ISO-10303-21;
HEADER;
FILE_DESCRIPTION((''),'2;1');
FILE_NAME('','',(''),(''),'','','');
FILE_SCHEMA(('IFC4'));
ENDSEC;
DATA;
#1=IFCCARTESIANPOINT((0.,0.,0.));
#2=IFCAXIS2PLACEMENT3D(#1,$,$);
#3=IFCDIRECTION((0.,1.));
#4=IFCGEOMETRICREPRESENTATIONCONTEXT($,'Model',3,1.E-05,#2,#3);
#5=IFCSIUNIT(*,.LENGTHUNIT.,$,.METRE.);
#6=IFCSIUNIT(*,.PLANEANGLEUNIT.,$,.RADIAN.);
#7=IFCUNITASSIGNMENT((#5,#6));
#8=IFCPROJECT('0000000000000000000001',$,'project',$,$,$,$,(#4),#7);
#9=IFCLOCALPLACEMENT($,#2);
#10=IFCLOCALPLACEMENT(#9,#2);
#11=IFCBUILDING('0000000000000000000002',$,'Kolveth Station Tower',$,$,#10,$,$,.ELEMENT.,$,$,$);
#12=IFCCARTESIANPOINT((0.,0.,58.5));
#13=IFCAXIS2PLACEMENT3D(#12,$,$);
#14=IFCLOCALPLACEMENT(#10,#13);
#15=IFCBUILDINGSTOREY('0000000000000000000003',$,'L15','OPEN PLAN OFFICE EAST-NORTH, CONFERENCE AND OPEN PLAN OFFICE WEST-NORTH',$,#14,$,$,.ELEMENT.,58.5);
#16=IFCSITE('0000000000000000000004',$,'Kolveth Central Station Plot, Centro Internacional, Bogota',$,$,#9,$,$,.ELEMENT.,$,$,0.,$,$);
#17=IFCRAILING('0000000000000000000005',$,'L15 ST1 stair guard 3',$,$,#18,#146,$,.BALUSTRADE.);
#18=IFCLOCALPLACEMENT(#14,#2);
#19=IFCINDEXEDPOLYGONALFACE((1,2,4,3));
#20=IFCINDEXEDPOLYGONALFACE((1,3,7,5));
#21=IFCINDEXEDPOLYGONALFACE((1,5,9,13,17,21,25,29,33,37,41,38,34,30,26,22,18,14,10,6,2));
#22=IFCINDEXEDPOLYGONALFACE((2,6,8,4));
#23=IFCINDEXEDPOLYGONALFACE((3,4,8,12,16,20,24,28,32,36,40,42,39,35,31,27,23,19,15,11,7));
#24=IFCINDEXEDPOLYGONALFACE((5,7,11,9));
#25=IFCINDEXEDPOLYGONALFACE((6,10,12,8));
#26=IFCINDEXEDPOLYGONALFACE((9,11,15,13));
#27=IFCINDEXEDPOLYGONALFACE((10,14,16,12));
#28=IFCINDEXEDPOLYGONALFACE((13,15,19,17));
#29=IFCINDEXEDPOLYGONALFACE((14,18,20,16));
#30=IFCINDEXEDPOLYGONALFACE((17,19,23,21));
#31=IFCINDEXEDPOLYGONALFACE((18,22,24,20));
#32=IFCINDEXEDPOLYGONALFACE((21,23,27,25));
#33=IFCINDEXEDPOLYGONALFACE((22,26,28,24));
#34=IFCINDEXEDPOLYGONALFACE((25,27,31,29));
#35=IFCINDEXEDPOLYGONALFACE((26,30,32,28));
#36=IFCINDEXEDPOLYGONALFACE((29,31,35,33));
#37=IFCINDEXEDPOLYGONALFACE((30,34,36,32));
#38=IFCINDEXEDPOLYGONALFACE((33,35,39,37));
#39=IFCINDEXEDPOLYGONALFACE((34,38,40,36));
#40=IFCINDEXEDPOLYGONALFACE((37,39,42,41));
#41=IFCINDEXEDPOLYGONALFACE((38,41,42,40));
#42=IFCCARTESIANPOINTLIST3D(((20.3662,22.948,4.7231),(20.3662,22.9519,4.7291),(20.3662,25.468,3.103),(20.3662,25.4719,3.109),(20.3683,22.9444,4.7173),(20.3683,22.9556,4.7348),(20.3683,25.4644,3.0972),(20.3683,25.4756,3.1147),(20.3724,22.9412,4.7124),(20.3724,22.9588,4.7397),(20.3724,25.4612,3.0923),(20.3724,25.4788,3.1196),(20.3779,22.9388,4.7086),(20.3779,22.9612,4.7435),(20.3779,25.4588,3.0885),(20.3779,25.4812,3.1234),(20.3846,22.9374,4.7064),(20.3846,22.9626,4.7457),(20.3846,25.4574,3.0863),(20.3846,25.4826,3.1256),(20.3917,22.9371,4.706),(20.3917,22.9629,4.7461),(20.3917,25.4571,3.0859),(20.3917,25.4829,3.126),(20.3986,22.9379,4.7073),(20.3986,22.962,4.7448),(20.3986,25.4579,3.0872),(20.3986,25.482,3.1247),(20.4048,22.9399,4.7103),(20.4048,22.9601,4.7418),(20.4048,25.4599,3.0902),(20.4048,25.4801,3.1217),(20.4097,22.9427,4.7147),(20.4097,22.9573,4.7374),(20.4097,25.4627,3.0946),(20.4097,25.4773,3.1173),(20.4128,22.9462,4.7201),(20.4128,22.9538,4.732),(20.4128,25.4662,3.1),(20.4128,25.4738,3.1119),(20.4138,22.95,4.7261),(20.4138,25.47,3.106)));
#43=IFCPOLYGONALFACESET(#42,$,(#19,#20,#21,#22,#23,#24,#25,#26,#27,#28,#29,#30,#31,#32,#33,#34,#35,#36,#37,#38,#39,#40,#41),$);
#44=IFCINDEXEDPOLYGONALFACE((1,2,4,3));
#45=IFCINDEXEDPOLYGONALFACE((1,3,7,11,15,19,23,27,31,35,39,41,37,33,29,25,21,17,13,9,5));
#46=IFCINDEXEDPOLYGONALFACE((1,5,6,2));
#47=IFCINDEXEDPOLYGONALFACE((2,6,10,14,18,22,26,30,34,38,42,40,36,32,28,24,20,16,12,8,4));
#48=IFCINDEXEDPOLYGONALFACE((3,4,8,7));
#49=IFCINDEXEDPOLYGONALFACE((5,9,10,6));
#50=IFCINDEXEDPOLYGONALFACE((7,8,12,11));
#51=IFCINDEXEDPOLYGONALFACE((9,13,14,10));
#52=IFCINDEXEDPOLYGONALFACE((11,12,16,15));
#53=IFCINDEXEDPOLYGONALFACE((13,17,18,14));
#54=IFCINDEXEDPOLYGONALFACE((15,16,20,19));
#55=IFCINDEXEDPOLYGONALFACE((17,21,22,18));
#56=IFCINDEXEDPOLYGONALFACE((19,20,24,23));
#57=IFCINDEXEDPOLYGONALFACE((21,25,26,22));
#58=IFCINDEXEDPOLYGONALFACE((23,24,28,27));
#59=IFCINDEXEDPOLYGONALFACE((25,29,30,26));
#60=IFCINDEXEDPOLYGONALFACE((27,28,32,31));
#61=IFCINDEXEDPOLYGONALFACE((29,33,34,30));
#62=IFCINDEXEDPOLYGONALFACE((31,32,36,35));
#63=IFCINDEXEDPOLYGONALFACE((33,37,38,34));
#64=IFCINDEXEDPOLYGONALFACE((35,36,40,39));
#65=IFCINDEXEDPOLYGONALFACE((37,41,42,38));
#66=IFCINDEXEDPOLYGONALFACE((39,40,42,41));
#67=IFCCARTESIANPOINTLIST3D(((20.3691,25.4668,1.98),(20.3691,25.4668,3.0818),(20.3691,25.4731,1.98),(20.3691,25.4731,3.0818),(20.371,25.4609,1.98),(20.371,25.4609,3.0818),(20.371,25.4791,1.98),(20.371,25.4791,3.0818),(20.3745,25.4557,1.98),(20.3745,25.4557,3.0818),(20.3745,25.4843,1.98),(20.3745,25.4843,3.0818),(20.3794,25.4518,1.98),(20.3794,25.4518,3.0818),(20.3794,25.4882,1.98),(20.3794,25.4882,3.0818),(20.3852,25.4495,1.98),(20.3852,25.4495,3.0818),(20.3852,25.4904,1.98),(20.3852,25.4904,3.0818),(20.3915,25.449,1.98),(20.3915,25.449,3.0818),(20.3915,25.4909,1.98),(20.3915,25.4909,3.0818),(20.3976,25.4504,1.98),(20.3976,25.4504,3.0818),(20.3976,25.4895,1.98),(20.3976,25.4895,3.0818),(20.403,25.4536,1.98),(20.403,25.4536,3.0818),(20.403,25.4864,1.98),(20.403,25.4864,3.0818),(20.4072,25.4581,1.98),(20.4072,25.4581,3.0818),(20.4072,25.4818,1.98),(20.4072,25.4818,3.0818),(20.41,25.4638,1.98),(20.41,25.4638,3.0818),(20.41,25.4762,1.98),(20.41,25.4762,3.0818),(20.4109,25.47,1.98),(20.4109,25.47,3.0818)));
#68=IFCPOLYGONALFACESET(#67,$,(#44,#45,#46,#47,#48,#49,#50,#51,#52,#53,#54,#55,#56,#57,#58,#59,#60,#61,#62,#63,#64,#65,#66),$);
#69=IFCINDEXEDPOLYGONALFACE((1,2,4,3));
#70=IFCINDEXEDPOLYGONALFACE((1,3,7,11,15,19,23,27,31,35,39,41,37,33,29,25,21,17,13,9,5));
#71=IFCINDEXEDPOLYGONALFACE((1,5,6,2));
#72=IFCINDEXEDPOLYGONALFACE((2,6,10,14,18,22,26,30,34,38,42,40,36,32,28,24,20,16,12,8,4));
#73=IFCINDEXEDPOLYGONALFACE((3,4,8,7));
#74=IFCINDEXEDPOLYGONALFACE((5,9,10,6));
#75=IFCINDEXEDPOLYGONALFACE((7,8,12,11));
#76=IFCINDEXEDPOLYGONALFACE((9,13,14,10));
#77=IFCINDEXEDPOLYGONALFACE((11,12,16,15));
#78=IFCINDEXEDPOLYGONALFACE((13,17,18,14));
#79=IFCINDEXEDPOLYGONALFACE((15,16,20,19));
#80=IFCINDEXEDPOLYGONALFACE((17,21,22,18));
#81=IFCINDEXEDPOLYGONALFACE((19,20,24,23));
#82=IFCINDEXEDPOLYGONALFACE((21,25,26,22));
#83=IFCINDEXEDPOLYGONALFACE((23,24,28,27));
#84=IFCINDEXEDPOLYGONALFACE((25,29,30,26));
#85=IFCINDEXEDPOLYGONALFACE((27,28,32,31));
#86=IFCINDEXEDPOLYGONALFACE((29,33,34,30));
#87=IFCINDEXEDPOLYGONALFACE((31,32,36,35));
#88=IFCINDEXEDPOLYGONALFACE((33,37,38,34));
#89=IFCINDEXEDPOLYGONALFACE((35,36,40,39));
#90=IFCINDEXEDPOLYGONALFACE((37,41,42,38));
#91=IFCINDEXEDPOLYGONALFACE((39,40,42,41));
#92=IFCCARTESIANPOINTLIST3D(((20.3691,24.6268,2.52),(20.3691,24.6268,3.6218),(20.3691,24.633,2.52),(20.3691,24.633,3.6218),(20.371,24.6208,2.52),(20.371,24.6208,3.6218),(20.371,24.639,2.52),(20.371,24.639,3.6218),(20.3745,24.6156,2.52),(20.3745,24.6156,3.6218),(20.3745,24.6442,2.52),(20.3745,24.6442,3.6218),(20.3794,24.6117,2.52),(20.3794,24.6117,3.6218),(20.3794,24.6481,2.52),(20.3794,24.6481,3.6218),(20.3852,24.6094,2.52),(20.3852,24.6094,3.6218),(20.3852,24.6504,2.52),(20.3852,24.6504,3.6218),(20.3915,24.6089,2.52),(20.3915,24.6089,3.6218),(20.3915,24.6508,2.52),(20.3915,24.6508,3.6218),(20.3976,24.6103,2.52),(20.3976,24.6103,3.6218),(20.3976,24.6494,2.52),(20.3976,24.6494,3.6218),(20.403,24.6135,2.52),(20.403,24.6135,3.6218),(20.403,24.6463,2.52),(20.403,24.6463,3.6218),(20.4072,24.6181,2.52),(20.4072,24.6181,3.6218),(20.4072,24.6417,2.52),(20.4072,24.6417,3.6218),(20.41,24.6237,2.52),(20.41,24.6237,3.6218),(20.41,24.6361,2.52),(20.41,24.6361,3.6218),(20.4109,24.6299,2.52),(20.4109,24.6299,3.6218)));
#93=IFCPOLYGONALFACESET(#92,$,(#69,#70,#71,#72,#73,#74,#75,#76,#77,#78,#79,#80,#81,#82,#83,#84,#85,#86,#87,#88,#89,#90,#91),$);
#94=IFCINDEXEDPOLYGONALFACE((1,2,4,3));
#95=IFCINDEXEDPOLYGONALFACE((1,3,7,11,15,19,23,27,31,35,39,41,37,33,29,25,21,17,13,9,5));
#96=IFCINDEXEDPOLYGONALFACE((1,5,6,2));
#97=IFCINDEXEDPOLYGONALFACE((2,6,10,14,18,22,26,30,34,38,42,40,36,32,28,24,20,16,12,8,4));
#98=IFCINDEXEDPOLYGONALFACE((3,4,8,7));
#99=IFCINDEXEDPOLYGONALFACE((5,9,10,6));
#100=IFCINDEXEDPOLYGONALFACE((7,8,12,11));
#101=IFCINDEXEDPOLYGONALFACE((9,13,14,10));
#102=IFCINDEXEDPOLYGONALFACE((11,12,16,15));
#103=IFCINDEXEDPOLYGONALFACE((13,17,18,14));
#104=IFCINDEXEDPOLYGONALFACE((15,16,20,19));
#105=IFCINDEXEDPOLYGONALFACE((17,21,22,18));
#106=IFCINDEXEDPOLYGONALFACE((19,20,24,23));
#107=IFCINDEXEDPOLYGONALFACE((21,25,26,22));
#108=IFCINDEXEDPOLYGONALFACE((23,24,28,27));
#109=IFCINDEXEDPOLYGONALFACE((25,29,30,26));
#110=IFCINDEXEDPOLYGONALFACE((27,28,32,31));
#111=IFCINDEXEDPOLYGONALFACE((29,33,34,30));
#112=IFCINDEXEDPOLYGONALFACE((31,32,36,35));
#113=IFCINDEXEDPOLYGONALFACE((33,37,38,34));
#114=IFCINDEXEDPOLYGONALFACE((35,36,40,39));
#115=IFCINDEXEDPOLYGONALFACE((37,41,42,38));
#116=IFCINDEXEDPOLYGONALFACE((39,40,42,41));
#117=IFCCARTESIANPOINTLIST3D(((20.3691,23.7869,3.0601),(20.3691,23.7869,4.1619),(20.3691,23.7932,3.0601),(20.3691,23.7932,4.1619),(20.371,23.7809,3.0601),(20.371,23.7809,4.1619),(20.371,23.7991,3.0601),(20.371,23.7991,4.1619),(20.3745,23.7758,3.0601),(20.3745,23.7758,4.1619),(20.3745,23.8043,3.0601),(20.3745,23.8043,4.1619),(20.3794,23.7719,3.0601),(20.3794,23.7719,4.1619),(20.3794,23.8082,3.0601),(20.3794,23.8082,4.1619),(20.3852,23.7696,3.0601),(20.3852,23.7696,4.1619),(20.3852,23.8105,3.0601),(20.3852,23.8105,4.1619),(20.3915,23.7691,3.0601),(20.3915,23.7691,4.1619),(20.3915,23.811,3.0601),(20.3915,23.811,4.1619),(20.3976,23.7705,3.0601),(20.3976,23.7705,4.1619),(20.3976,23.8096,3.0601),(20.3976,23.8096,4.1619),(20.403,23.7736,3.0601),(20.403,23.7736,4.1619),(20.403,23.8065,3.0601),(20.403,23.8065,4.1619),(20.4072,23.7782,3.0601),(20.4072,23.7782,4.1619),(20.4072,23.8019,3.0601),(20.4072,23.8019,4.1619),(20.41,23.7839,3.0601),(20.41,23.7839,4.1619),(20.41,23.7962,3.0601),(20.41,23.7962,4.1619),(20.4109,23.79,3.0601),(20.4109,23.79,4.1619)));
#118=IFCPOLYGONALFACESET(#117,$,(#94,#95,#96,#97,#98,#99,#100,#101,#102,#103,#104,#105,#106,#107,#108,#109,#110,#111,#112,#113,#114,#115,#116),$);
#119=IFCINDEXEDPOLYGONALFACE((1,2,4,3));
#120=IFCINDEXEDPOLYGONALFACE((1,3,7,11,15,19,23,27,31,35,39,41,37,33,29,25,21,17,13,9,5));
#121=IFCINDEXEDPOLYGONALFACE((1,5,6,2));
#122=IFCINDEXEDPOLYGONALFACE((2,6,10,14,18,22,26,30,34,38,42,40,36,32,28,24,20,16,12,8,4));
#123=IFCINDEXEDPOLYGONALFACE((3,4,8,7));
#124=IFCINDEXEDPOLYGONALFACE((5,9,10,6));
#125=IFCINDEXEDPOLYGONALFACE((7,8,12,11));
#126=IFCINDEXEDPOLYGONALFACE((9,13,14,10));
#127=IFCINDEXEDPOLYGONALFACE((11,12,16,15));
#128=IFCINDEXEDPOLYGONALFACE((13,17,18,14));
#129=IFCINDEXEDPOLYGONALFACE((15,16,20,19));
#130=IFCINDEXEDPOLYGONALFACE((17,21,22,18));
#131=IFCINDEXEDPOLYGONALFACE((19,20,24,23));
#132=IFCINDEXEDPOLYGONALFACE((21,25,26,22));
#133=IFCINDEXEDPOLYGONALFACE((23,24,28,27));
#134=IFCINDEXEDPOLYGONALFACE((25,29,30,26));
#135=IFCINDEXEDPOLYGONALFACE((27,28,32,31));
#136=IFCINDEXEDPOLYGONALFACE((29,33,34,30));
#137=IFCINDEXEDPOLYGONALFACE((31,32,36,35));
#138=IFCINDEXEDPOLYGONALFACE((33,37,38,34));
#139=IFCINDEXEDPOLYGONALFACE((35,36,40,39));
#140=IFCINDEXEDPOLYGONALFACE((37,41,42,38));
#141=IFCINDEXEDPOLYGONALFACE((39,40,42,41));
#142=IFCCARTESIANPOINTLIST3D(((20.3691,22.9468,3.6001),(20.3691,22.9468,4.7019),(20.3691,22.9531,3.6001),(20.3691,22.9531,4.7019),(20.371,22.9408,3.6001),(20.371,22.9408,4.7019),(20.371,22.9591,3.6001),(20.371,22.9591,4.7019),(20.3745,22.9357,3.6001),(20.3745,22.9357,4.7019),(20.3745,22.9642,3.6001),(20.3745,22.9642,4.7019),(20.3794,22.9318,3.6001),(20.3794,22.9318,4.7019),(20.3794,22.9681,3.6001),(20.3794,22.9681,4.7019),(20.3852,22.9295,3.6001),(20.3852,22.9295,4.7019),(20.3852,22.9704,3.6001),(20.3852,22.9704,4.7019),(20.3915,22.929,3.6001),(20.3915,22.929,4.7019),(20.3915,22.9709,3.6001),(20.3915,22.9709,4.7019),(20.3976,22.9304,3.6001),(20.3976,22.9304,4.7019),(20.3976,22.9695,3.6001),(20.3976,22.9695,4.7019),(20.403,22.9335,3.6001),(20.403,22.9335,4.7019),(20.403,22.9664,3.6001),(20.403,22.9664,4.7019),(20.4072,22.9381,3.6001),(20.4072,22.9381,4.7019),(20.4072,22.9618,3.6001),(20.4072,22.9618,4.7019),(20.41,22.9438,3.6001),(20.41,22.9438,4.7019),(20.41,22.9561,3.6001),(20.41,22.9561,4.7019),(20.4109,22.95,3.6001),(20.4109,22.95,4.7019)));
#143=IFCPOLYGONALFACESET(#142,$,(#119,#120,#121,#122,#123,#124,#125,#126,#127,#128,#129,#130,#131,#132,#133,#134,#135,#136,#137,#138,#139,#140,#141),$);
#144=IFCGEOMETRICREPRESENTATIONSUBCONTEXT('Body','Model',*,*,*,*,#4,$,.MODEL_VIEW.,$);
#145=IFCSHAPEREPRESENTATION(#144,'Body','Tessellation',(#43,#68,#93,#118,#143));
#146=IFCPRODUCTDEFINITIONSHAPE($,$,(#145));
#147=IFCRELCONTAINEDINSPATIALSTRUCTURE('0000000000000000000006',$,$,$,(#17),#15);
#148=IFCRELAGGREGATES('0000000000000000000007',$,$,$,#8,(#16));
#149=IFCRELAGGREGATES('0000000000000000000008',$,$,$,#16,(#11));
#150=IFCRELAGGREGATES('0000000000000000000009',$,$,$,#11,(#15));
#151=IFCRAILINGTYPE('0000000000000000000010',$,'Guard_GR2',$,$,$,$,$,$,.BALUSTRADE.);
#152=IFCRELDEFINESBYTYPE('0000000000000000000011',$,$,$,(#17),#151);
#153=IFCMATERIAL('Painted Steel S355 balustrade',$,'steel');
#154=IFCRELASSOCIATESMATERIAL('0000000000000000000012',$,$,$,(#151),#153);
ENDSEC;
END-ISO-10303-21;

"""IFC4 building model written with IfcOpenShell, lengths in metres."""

from ifc_helpers import new_model, si_unit, direction, frame, origin, origin_2d, place, context, subcontext, project, spatial, circle, extrude, material, type_object, element, save


model = new_model("IFC4")

# Units and contexts
model_context = context("Model", 3, precision=1e-05, world=origin(), true_north=direction((0.0, 1.0)))
body_context = subcontext(model_context, "Body", "Model", "MODEL_VIEW")
ifc_project = project(units=[si_unit("LENGTHUNIT", "METRE"), si_unit("PLANEANGLEUNIT", "RADIAN")], contexts=[model_context])

# Site, building, storey
site_placement = place(None, origin())
site = spatial("IfcSite", under=ifc_project, at=site_placement, Name="Kolveth Central Station Plot, Centro Internacional, Bogota", CompositionType="ELEMENT", RefElevation=0.0)
building_placement = place(site_placement, origin())
building = spatial("IfcBuilding", under=site, at=building_placement, Name="Kolveth Station Tower", CompositionType="ELEMENT")
storey_placement = place(building_placement, frame((0.0, 0.0, 58.5)))
storey = spatial("IfcBuildingStorey", under=building, at=storey_placement, Name="L15", Description="OPEN PLAN OFFICE EAST-NORTH, CONFERENCE AND OPEN PLAN OFFICE WEST-NORTH", CompositionType="ELEMENT", Elevation=58.5)

# Railing
ifc_material_1 = material(Name="Painted Steel S355 balustrade", Category="steel")
railing_type_1 = type_object("IfcRailingType", Name="Guard_GR2", PredefinedType="BALUSTRADE", material=ifc_material_1)
railing_1_placement = place(storey_placement, frame((20.3899, 25.47, 1.98)))
element("IfcRailing", 1, at=railing_1_placement, inside=storey, type_object=railing_type_1, Name="L15 ST1 stair guard 3", PredefinedType="BALUSTRADE", context=body_context, shape_type="SweptSolid", body=[
    extrude(circle(Radius=0.0239, at=origin_2d()), frame((0.0, 0.0, 1.126), z_axis=(0.0, -0.841163, 0.540782), x_axis=(1.0, 0.0, 0.0)), (0.0, 0.0, 1.0), 2.9958),
    extrude(circle(Radius=0.021, at=origin_2d()), origin(), (0.0, 0.0, 1.0), 1.1018),
    extrude(circle(Radius=0.021, at=origin_2d()), frame((0.0, -0.8401, 0.54)), (0.0, 0.0, 1.0), 1.1018),
    extrude(circle(Radius=0.021, at=origin_2d()), frame((0.0, -1.6799, 1.0801)), (0.0, 0.0, 1.0), 1.1018),
    extrude(circle(Radius=0.021, at=origin_2d()), frame((0.0, -2.52, 1.6201)), (0.0, 0.0, 1.0), 1.1018),
])

save(model, "model.ifc")
